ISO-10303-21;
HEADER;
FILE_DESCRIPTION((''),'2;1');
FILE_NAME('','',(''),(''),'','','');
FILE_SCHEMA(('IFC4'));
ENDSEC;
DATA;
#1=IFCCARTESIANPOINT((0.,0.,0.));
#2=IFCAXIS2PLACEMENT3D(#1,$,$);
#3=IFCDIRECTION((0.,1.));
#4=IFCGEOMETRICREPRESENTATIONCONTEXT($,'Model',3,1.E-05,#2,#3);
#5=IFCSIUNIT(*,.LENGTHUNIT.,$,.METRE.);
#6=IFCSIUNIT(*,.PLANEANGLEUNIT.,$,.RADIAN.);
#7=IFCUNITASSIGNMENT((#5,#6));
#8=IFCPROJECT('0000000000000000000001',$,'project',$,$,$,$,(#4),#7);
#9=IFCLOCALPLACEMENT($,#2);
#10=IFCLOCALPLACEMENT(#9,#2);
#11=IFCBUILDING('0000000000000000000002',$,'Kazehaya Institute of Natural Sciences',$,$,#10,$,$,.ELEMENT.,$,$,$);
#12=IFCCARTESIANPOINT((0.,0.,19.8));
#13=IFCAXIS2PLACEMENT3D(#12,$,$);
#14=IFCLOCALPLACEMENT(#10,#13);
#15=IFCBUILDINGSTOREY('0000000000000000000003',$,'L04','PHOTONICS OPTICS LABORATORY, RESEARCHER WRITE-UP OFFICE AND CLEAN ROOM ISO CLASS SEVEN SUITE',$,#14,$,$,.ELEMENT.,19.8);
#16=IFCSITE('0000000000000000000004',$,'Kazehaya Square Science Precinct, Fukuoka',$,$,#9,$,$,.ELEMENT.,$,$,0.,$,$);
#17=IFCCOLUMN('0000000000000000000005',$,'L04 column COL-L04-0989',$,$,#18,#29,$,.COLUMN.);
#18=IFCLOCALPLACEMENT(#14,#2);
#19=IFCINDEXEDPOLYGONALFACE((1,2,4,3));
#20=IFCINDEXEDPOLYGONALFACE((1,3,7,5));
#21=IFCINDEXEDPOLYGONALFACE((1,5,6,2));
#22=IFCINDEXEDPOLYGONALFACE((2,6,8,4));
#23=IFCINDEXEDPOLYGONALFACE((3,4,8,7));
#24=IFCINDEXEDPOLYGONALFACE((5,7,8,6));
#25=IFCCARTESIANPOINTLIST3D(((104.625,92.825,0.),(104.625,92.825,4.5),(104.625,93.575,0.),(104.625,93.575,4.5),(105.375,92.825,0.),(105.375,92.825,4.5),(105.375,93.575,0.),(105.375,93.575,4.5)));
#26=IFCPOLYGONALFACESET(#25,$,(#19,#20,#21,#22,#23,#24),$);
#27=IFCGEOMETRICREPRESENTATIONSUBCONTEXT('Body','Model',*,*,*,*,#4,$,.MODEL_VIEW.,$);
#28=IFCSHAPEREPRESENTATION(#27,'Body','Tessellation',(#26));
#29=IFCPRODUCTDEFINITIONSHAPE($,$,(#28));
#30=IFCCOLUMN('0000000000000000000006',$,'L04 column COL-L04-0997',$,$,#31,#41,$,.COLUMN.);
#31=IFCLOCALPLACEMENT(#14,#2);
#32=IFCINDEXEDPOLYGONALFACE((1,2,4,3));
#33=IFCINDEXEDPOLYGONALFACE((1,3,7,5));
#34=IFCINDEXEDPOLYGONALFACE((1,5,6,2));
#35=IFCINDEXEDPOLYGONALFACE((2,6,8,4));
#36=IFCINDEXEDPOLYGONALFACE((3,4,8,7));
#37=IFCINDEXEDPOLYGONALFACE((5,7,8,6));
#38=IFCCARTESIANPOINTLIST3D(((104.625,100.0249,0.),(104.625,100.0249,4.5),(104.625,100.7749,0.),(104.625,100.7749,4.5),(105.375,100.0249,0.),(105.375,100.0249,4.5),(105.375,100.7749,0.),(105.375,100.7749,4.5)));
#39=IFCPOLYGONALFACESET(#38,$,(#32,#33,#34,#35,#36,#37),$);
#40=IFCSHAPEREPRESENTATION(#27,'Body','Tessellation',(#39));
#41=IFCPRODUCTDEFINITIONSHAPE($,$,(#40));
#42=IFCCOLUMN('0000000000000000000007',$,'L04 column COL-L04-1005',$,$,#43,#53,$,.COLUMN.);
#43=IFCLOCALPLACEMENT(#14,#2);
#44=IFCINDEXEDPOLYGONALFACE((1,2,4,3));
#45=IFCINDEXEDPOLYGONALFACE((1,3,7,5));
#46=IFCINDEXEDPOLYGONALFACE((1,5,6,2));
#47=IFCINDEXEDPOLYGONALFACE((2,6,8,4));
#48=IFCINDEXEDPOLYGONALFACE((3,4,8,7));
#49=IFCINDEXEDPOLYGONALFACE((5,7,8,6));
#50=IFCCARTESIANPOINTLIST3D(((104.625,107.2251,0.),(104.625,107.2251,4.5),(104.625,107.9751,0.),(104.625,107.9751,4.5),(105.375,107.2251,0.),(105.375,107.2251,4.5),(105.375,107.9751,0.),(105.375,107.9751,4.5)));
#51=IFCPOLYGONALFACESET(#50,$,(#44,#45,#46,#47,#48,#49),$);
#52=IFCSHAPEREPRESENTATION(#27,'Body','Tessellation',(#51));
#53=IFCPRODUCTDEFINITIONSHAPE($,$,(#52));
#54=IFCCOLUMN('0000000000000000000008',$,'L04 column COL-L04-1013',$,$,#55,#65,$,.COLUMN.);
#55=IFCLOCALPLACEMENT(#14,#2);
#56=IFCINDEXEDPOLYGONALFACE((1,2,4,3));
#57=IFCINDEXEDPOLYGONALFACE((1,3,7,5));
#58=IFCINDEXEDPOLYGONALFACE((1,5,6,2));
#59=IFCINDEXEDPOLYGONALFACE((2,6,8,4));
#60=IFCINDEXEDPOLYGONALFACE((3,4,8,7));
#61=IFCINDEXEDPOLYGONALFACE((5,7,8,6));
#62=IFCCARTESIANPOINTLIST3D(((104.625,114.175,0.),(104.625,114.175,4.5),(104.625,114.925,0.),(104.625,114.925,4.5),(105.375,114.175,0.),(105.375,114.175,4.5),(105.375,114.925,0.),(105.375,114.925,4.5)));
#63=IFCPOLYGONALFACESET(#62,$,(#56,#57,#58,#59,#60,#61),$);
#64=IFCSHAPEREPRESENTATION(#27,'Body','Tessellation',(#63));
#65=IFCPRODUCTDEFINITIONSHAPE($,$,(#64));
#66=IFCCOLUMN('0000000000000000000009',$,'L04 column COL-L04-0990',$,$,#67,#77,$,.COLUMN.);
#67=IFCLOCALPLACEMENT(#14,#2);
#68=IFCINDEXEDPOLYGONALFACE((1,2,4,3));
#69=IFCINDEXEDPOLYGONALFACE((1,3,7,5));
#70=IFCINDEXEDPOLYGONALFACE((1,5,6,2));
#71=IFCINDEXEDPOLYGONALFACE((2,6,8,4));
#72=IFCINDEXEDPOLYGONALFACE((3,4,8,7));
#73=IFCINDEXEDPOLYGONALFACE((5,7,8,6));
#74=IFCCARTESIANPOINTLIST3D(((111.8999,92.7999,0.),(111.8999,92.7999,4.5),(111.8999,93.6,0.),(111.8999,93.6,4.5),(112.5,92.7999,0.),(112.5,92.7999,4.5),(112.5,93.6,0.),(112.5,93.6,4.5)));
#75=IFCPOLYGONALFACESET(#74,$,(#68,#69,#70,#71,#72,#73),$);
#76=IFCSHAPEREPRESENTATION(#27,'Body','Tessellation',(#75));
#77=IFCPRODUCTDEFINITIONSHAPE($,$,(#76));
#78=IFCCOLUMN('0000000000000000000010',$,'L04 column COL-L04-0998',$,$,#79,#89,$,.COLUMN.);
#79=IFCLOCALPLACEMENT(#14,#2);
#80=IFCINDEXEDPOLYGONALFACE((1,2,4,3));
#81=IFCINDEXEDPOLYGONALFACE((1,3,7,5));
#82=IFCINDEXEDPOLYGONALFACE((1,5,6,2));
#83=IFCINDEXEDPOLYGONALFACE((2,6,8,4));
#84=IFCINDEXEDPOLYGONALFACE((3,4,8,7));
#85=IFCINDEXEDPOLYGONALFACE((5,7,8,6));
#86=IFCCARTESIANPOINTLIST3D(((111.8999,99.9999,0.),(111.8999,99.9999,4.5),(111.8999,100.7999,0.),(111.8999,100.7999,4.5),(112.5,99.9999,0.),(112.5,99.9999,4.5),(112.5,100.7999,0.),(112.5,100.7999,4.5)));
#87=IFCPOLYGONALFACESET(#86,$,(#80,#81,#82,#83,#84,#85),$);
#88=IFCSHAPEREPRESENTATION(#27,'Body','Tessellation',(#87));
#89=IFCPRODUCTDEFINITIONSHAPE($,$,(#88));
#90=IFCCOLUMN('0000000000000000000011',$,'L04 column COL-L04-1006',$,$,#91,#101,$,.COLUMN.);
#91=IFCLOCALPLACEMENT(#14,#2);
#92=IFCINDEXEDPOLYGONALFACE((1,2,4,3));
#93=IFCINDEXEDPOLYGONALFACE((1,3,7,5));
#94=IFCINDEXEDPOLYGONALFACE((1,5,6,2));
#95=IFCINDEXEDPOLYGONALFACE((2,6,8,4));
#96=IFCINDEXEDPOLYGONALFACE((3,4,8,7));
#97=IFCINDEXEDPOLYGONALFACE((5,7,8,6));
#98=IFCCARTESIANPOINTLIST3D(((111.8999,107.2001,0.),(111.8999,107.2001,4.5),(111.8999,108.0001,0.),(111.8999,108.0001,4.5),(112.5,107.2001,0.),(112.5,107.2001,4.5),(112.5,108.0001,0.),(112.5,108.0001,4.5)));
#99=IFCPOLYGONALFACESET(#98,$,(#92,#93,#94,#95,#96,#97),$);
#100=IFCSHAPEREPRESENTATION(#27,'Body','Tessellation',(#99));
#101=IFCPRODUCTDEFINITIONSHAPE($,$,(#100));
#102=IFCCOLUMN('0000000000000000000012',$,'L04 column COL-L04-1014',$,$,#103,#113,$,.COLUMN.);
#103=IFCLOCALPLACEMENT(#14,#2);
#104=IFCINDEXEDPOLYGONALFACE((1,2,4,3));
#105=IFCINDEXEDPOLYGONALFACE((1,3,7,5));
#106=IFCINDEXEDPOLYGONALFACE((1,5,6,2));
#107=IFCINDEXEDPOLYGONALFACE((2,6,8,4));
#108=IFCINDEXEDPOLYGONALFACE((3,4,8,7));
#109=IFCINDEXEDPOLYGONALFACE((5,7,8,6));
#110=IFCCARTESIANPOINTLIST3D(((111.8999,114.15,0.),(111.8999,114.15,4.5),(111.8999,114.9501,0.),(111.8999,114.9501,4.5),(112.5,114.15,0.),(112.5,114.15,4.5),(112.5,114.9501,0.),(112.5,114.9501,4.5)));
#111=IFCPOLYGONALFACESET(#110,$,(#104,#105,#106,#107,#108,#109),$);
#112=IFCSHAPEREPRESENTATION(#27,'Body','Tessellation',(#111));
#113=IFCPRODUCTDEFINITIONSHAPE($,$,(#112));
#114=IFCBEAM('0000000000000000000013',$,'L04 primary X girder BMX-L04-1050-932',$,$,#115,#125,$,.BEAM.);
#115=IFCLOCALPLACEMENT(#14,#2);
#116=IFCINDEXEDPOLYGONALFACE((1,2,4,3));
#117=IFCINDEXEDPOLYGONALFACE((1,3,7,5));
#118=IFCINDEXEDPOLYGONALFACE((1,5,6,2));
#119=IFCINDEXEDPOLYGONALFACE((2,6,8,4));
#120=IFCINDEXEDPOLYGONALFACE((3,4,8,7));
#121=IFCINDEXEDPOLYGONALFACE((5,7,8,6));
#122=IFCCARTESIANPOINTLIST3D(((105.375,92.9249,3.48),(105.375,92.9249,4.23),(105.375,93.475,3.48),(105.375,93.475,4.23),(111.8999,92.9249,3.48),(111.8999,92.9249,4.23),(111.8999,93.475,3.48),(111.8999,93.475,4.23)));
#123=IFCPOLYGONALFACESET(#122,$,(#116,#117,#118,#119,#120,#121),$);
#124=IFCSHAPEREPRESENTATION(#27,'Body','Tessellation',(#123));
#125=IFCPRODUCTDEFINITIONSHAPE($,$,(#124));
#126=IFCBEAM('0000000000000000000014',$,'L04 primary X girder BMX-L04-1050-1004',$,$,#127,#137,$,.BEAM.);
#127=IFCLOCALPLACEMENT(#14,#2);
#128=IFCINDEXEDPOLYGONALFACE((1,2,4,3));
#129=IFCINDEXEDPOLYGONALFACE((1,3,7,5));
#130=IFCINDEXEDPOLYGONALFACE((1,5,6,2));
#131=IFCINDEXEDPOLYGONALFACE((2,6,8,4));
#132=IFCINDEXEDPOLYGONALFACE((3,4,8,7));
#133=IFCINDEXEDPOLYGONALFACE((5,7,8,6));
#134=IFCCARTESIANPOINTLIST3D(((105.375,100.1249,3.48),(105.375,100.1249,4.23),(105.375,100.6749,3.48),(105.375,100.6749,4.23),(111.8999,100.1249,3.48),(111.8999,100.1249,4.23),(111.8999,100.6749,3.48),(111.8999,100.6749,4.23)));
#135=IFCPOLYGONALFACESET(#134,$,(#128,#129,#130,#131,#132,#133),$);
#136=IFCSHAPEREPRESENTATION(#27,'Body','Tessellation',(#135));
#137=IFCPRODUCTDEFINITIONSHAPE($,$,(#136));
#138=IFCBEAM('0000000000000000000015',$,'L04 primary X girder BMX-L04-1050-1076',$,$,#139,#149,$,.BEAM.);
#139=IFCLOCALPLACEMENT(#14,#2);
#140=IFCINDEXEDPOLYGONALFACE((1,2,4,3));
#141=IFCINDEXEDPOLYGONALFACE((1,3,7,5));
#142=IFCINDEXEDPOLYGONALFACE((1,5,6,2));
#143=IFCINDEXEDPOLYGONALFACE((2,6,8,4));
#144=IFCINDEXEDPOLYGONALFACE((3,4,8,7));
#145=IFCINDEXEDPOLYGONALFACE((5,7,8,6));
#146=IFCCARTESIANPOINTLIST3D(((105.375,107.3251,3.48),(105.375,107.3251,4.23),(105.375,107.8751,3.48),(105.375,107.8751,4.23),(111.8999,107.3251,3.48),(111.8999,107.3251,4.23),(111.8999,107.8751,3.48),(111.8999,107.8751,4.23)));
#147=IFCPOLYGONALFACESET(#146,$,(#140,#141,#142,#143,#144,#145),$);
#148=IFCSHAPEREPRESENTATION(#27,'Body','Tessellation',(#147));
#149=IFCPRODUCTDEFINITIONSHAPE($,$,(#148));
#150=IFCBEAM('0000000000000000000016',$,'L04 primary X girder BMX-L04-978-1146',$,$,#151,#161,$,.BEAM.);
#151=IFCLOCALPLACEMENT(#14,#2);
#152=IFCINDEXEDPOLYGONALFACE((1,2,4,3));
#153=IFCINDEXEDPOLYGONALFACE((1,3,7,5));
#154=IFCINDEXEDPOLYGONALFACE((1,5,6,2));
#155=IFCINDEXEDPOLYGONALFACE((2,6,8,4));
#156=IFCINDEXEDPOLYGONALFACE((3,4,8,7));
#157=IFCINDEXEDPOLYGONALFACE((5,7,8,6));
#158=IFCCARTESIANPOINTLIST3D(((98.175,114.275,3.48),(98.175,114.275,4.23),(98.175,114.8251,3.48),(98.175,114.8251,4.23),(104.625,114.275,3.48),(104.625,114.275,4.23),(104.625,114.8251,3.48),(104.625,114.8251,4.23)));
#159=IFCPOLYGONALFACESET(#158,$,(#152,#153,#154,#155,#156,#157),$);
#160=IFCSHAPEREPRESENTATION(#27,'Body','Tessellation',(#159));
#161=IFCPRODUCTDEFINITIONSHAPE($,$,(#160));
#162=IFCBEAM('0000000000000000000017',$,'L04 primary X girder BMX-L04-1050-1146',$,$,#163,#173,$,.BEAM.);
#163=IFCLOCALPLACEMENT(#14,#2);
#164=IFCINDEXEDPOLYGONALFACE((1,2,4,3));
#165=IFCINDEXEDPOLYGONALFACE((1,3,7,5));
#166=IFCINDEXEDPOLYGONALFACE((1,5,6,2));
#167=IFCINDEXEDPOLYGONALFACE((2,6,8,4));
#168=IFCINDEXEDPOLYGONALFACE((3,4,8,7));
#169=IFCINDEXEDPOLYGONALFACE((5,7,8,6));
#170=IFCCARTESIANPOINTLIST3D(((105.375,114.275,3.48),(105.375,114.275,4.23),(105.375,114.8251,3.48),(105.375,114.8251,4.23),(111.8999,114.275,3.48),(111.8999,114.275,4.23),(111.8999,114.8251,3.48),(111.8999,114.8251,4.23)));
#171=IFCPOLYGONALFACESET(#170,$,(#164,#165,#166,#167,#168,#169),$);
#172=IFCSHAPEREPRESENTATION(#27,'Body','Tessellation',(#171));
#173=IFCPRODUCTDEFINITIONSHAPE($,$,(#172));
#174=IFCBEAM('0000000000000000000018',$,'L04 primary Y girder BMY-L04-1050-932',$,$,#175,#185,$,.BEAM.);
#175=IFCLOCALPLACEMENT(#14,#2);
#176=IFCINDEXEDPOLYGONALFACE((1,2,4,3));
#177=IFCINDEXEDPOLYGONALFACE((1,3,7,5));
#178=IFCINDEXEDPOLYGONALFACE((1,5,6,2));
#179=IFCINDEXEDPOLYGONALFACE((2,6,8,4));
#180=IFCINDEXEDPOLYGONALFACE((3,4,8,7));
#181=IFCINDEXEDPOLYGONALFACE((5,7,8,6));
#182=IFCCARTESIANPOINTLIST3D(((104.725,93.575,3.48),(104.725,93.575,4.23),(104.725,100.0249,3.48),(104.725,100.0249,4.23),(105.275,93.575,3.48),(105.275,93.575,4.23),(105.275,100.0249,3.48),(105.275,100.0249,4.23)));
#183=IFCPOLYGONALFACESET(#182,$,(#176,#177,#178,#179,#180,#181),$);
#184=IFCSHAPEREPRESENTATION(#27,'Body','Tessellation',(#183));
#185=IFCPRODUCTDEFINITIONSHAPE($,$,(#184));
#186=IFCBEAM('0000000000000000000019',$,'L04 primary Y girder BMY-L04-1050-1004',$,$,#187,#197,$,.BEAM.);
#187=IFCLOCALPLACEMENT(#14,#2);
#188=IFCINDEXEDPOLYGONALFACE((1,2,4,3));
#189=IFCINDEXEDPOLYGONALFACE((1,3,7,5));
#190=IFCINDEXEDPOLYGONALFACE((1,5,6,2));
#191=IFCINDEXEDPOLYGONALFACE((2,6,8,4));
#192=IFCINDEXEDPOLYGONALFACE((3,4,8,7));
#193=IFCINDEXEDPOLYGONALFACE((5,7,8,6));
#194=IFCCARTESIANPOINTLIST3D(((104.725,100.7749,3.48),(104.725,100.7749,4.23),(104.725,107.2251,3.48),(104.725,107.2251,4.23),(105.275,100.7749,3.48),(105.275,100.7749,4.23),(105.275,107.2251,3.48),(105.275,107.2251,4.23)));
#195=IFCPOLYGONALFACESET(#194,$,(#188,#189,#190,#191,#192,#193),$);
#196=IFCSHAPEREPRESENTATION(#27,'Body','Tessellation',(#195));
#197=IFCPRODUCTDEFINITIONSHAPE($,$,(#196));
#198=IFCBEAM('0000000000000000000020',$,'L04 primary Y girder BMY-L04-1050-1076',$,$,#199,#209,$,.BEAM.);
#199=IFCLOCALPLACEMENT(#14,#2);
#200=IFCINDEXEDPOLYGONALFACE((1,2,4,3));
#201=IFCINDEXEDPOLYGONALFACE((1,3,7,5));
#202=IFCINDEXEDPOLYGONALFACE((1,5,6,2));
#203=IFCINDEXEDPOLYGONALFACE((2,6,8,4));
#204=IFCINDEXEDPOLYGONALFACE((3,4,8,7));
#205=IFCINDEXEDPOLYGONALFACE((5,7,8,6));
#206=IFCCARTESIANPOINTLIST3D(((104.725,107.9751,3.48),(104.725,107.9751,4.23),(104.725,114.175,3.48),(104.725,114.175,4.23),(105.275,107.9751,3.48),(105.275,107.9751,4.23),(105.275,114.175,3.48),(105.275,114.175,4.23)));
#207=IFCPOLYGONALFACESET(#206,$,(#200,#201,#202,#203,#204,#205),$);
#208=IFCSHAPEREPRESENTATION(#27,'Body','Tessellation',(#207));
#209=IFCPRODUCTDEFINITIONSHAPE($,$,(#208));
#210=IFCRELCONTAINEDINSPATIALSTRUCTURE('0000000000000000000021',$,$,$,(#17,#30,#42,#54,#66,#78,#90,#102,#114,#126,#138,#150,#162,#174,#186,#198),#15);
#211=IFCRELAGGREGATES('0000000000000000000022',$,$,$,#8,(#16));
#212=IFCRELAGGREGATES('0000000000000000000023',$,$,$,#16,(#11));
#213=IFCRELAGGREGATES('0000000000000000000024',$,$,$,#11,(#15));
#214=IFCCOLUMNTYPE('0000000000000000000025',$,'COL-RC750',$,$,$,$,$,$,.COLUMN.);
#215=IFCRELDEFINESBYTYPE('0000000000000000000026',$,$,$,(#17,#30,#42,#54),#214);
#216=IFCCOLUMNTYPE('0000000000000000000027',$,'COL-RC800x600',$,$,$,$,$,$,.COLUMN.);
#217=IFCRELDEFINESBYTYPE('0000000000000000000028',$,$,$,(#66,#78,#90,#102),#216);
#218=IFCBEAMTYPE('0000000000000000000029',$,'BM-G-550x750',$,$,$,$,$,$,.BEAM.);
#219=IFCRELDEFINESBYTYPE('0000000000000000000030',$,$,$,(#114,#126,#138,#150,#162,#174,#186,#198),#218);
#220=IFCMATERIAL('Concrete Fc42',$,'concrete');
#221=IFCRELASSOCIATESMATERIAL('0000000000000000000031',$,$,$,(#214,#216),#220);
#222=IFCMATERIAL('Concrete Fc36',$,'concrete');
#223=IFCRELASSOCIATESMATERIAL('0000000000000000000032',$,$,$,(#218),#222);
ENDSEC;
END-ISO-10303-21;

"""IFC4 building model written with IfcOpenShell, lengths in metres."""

from ifc_helpers import new_model, si_unit, direction, frame, origin, origin_2d, place, context, subcontext, project, spatial, rectangle, extrude, material, material_profile, profile_set, type_object, element, save


model = new_model("IFC4")

# Units and contexts
model_context = context("Model", 3, precision=1e-05, world=origin(), true_north=direction((0.0, 1.0)))
body_context = subcontext(model_context, "Body", "Model", "MODEL_VIEW")
ifc_project = project(units=[si_unit("LENGTHUNIT", "METRE"), si_unit("PLANEANGLEUNIT", "RADIAN")], contexts=[model_context])

# Site, building, storey
site_placement = place(None, origin())
site = spatial("IfcSite", under=ifc_project, at=site_placement, Name="Kazehaya Square Science Precinct, Fukuoka", CompositionType="ELEMENT", RefElevation=0.0)
building_placement = place(site_placement, origin())
building = spatial("IfcBuilding", under=site, at=building_placement, Name="Kazehaya Institute of Natural Sciences", CompositionType="ELEMENT")
storey_placement = place(building_placement, frame((0.0, 0.0, 19.8)))
storey = spatial("IfcBuildingStorey", under=building, at=storey_placement, Name="L04", Description="PHOTONICS OPTICS LABORATORY, RESEARCHER WRITE-UP OFFICE AND CLEAN ROOM ISO CLASS SEVEN SUITE", CompositionType="ELEMENT", Elevation=19.8)

# Columns
ifc_material_1 = material(Name="Concrete Fc42", Category="concrete")
ifc_material_profile_1 = material_profile(ifc_material_1, rectangle(XDim=0.75, YDim=0.75, at=origin_2d()), Name="RC-750x750")
ifc_profile_set_1 = profile_set([ifc_material_profile_1], Name="Concrete Fc42")
column_type_1 = type_object("IfcColumnType", Name="COL-RC750", PredefinedType="COLUMN", material=ifc_profile_set_1)
for number, where, z_axis, x_axis, name in (
    (1, (105.0, 93.2, 0.0), (0.0, 0.0, 1.0), (1.0, 0.0, 0.0), "L04 column COL-L04-0989"),
    (2, (105.0, 100.3999, 0.0), (0.0, 0.0, 1.0), (1.0, 0.0, 0.0), "L04 column COL-L04-0997"),
    (3, (105.0, 107.6001, 0.0), (0.0, 0.0, 1.0), (1.0, 0.0, 0.0), "L04 column COL-L04-1005"),
    (4, (105.0, 114.55, 0.0), (0.0, 0.0, 1.0), (1.0, 0.0, 0.0), "L04 column COL-L04-1013"),
):
    element("IfcColumn", number, at=place(storey_placement, frame(where, z_axis=z_axis, x_axis=x_axis)), inside=storey, type_object=column_type_1, Name=name, PredefinedType="COLUMN", context=body_context, shape_type="SweptSolid", body=[
        extrude(rectangle(XDim=0.75, YDim=0.75, at=origin_2d()), origin(), (0.0, 0.0, 1.0), 4.5),
    ])
ifc_material_profile_2 = material_profile(ifc_material_1, rectangle(XDim=0.6001, YDim=0.8, at=origin_2d()), Name="RC-800x600")
ifc_profile_set_2 = profile_set([ifc_material_profile_2], Name="Concrete Fc42")
column_type_2 = type_object("IfcColumnType", Name="COL-RC800x600", PredefinedType="COLUMN", material=ifc_profile_set_2)
for number, where, z_axis, x_axis, name in (
    (5, (112.2, 93.2, 0.0), (0.0, 0.0, 1.0), (1.0, 0.0, 0.0), "L04 column COL-L04-0990"),
    (6, (112.2, 100.3999, 0.0), (0.0, 0.0, 1.0), (1.0, 0.0, 0.0), "L04 column COL-L04-0998"),
    (7, (112.2, 107.6001, 0.0), (0.0, 0.0, 1.0), (1.0, 0.0, 0.0), "L04 column COL-L04-1006"),
    (8, (112.2, 114.55, 0.0), (0.0, 0.0, 1.0), (1.0, 0.0, 0.0), "L04 column COL-L04-1014"),
):
    element("IfcColumn", number, at=place(storey_placement, frame(where, z_axis=z_axis, x_axis=x_axis)), inside=storey, type_object=column_type_2, Name=name, PredefinedType="COLUMN", context=body_context, shape_type="SweptSolid", body=[
        extrude(rectangle(XDim=0.6001, YDim=0.8, at=origin_2d()), origin(), (0.0, 0.0, 1.0), 4.5),
    ])

# Beams
ifc_material_2 = material(Name="Concrete Fc36", Category="concrete")
ifc_material_profile_3 = material_profile(ifc_material_2, rectangle(XDim=0.55, YDim=0.75, at=origin_2d()), Name="RC-550x750")
ifc_profile_set_3 = profile_set([ifc_material_profile_3], Name="Concrete Fc36")
beam_type = type_object("IfcBeamType", Name="BM-G-550x750", PredefinedType="BEAM", material=ifc_profile_set_3)
for number, where, z_axis, x_axis, name in (
    (9, (105.375, 93.2, 3.855), (1.0, 0.0, 0.0), (0.0, 1.0, 0.0), "L04 primary X girder BMX-L04-1050-932"),
    (10, (105.375, 100.3999, 3.855), (1.0, 0.0, 0.0), (0.0, 1.0, 0.0), "L04 primary X girder BMX-L04-1050-1004"),
    (11, (105.375, 107.6001, 3.855), (1.0, 0.0, 0.0), (0.0, 1.0, 0.0), "L04 primary X girder BMX-L04-1050-1076"),
):
    element("IfcBeam", number, at=place(storey_placement, frame(where, z_axis=z_axis, x_axis=x_axis)), inside=storey, type_object=beam_type, Name=name, PredefinedType="BEAM", context=body_context, shape_type="SweptSolid", body=[
        extrude(rectangle(XDim=0.55, YDim=0.75, at=origin_2d()), origin(), (0.0, 0.0, 1.0), 6.5249),
    ])
beam_1_placement = place(storey_placement, frame((98.175, 114.55, 3.855), z_axis=(1.0, 0.0, 0.0), x_axis=(0.0, 1.0, 0.0)))
element("IfcBeam", 12, at=beam_1_placement, inside=storey, type_object=beam_type, Name="L04 primary X girder BMX-L04-978-1146", PredefinedType="BEAM", context=body_context, shape_type="SweptSolid", body=[
    extrude(rectangle(XDim=0.55, YDim=0.75, at=origin_2d()), origin(), (0.0, 0.0, 1.0), 6.45),
])
beam_2_placement = place(storey_placement, frame((105.375, 114.55, 3.855), z_axis=(1.0, 0.0, 0.0), x_axis=(0.0, 1.0, 0.0)))
element("IfcBeam", 13, at=beam_2_placement, inside=storey, type_object=beam_type, Name="L04 primary X girder BMX-L04-1050-1146", PredefinedType="BEAM", context=body_context, shape_type="SweptSolid", body=[
    extrude(rectangle(XDim=0.55, YDim=0.75, at=origin_2d()), origin(), (0.0, 0.0, 1.0), 6.5249),
])
beam_3_placement = place(storey_placement, frame((105.0, 93.575, 3.855), z_axis=(0.0, 1.0, 0.0), x_axis=(-1.0, 0.0, 0.0)))
element("IfcBeam", 14, at=beam_3_placement, inside=storey, type_object=beam_type, Name="L04 primary Y girder BMY-L04-1050-932", PredefinedType="BEAM", context=body_context, shape_type="SweptSolid", body=[
    extrude(rectangle(XDim=0.55, YDim=0.75, at=origin_2d()), origin(), (0.0, 0.0, 1.0), 6.45),
])
beam_4_placement = place(storey_placement, frame((105.0, 100.7749, 3.855), z_axis=(0.0, 1.0, 0.0), x_axis=(-1.0, 0.0, 0.0)))
element("IfcBeam", 15, at=beam_4_placement, inside=storey, type_object=beam_type, Name="L04 primary Y girder BMY-L04-1050-1004", PredefinedType="BEAM", context=body_context, shape_type="SweptSolid", body=[
    extrude(rectangle(XDim=0.55, YDim=0.75, at=origin_2d()), origin(), (0.0, 0.0, 1.0), 6.4502),
])
beam_5_placement = place(storey_placement, frame((105.0, 107.9751, 3.855), z_axis=(0.0, 1.0, 0.0), x_axis=(-1.0, 0.0, 0.0)))
element("IfcBeam", 16, at=beam_5_placement, inside=storey, type_object=beam_type, Name="L04 primary Y girder BMY-L04-1050-1076", PredefinedType="BEAM", context=body_context, shape_type="SweptSolid", body=[
    extrude(rectangle(XDim=0.55, YDim=0.75, at=origin_2d()), origin(), (0.0, 0.0, 1.0), 6.2),
])

save(model, "model.ifc")
